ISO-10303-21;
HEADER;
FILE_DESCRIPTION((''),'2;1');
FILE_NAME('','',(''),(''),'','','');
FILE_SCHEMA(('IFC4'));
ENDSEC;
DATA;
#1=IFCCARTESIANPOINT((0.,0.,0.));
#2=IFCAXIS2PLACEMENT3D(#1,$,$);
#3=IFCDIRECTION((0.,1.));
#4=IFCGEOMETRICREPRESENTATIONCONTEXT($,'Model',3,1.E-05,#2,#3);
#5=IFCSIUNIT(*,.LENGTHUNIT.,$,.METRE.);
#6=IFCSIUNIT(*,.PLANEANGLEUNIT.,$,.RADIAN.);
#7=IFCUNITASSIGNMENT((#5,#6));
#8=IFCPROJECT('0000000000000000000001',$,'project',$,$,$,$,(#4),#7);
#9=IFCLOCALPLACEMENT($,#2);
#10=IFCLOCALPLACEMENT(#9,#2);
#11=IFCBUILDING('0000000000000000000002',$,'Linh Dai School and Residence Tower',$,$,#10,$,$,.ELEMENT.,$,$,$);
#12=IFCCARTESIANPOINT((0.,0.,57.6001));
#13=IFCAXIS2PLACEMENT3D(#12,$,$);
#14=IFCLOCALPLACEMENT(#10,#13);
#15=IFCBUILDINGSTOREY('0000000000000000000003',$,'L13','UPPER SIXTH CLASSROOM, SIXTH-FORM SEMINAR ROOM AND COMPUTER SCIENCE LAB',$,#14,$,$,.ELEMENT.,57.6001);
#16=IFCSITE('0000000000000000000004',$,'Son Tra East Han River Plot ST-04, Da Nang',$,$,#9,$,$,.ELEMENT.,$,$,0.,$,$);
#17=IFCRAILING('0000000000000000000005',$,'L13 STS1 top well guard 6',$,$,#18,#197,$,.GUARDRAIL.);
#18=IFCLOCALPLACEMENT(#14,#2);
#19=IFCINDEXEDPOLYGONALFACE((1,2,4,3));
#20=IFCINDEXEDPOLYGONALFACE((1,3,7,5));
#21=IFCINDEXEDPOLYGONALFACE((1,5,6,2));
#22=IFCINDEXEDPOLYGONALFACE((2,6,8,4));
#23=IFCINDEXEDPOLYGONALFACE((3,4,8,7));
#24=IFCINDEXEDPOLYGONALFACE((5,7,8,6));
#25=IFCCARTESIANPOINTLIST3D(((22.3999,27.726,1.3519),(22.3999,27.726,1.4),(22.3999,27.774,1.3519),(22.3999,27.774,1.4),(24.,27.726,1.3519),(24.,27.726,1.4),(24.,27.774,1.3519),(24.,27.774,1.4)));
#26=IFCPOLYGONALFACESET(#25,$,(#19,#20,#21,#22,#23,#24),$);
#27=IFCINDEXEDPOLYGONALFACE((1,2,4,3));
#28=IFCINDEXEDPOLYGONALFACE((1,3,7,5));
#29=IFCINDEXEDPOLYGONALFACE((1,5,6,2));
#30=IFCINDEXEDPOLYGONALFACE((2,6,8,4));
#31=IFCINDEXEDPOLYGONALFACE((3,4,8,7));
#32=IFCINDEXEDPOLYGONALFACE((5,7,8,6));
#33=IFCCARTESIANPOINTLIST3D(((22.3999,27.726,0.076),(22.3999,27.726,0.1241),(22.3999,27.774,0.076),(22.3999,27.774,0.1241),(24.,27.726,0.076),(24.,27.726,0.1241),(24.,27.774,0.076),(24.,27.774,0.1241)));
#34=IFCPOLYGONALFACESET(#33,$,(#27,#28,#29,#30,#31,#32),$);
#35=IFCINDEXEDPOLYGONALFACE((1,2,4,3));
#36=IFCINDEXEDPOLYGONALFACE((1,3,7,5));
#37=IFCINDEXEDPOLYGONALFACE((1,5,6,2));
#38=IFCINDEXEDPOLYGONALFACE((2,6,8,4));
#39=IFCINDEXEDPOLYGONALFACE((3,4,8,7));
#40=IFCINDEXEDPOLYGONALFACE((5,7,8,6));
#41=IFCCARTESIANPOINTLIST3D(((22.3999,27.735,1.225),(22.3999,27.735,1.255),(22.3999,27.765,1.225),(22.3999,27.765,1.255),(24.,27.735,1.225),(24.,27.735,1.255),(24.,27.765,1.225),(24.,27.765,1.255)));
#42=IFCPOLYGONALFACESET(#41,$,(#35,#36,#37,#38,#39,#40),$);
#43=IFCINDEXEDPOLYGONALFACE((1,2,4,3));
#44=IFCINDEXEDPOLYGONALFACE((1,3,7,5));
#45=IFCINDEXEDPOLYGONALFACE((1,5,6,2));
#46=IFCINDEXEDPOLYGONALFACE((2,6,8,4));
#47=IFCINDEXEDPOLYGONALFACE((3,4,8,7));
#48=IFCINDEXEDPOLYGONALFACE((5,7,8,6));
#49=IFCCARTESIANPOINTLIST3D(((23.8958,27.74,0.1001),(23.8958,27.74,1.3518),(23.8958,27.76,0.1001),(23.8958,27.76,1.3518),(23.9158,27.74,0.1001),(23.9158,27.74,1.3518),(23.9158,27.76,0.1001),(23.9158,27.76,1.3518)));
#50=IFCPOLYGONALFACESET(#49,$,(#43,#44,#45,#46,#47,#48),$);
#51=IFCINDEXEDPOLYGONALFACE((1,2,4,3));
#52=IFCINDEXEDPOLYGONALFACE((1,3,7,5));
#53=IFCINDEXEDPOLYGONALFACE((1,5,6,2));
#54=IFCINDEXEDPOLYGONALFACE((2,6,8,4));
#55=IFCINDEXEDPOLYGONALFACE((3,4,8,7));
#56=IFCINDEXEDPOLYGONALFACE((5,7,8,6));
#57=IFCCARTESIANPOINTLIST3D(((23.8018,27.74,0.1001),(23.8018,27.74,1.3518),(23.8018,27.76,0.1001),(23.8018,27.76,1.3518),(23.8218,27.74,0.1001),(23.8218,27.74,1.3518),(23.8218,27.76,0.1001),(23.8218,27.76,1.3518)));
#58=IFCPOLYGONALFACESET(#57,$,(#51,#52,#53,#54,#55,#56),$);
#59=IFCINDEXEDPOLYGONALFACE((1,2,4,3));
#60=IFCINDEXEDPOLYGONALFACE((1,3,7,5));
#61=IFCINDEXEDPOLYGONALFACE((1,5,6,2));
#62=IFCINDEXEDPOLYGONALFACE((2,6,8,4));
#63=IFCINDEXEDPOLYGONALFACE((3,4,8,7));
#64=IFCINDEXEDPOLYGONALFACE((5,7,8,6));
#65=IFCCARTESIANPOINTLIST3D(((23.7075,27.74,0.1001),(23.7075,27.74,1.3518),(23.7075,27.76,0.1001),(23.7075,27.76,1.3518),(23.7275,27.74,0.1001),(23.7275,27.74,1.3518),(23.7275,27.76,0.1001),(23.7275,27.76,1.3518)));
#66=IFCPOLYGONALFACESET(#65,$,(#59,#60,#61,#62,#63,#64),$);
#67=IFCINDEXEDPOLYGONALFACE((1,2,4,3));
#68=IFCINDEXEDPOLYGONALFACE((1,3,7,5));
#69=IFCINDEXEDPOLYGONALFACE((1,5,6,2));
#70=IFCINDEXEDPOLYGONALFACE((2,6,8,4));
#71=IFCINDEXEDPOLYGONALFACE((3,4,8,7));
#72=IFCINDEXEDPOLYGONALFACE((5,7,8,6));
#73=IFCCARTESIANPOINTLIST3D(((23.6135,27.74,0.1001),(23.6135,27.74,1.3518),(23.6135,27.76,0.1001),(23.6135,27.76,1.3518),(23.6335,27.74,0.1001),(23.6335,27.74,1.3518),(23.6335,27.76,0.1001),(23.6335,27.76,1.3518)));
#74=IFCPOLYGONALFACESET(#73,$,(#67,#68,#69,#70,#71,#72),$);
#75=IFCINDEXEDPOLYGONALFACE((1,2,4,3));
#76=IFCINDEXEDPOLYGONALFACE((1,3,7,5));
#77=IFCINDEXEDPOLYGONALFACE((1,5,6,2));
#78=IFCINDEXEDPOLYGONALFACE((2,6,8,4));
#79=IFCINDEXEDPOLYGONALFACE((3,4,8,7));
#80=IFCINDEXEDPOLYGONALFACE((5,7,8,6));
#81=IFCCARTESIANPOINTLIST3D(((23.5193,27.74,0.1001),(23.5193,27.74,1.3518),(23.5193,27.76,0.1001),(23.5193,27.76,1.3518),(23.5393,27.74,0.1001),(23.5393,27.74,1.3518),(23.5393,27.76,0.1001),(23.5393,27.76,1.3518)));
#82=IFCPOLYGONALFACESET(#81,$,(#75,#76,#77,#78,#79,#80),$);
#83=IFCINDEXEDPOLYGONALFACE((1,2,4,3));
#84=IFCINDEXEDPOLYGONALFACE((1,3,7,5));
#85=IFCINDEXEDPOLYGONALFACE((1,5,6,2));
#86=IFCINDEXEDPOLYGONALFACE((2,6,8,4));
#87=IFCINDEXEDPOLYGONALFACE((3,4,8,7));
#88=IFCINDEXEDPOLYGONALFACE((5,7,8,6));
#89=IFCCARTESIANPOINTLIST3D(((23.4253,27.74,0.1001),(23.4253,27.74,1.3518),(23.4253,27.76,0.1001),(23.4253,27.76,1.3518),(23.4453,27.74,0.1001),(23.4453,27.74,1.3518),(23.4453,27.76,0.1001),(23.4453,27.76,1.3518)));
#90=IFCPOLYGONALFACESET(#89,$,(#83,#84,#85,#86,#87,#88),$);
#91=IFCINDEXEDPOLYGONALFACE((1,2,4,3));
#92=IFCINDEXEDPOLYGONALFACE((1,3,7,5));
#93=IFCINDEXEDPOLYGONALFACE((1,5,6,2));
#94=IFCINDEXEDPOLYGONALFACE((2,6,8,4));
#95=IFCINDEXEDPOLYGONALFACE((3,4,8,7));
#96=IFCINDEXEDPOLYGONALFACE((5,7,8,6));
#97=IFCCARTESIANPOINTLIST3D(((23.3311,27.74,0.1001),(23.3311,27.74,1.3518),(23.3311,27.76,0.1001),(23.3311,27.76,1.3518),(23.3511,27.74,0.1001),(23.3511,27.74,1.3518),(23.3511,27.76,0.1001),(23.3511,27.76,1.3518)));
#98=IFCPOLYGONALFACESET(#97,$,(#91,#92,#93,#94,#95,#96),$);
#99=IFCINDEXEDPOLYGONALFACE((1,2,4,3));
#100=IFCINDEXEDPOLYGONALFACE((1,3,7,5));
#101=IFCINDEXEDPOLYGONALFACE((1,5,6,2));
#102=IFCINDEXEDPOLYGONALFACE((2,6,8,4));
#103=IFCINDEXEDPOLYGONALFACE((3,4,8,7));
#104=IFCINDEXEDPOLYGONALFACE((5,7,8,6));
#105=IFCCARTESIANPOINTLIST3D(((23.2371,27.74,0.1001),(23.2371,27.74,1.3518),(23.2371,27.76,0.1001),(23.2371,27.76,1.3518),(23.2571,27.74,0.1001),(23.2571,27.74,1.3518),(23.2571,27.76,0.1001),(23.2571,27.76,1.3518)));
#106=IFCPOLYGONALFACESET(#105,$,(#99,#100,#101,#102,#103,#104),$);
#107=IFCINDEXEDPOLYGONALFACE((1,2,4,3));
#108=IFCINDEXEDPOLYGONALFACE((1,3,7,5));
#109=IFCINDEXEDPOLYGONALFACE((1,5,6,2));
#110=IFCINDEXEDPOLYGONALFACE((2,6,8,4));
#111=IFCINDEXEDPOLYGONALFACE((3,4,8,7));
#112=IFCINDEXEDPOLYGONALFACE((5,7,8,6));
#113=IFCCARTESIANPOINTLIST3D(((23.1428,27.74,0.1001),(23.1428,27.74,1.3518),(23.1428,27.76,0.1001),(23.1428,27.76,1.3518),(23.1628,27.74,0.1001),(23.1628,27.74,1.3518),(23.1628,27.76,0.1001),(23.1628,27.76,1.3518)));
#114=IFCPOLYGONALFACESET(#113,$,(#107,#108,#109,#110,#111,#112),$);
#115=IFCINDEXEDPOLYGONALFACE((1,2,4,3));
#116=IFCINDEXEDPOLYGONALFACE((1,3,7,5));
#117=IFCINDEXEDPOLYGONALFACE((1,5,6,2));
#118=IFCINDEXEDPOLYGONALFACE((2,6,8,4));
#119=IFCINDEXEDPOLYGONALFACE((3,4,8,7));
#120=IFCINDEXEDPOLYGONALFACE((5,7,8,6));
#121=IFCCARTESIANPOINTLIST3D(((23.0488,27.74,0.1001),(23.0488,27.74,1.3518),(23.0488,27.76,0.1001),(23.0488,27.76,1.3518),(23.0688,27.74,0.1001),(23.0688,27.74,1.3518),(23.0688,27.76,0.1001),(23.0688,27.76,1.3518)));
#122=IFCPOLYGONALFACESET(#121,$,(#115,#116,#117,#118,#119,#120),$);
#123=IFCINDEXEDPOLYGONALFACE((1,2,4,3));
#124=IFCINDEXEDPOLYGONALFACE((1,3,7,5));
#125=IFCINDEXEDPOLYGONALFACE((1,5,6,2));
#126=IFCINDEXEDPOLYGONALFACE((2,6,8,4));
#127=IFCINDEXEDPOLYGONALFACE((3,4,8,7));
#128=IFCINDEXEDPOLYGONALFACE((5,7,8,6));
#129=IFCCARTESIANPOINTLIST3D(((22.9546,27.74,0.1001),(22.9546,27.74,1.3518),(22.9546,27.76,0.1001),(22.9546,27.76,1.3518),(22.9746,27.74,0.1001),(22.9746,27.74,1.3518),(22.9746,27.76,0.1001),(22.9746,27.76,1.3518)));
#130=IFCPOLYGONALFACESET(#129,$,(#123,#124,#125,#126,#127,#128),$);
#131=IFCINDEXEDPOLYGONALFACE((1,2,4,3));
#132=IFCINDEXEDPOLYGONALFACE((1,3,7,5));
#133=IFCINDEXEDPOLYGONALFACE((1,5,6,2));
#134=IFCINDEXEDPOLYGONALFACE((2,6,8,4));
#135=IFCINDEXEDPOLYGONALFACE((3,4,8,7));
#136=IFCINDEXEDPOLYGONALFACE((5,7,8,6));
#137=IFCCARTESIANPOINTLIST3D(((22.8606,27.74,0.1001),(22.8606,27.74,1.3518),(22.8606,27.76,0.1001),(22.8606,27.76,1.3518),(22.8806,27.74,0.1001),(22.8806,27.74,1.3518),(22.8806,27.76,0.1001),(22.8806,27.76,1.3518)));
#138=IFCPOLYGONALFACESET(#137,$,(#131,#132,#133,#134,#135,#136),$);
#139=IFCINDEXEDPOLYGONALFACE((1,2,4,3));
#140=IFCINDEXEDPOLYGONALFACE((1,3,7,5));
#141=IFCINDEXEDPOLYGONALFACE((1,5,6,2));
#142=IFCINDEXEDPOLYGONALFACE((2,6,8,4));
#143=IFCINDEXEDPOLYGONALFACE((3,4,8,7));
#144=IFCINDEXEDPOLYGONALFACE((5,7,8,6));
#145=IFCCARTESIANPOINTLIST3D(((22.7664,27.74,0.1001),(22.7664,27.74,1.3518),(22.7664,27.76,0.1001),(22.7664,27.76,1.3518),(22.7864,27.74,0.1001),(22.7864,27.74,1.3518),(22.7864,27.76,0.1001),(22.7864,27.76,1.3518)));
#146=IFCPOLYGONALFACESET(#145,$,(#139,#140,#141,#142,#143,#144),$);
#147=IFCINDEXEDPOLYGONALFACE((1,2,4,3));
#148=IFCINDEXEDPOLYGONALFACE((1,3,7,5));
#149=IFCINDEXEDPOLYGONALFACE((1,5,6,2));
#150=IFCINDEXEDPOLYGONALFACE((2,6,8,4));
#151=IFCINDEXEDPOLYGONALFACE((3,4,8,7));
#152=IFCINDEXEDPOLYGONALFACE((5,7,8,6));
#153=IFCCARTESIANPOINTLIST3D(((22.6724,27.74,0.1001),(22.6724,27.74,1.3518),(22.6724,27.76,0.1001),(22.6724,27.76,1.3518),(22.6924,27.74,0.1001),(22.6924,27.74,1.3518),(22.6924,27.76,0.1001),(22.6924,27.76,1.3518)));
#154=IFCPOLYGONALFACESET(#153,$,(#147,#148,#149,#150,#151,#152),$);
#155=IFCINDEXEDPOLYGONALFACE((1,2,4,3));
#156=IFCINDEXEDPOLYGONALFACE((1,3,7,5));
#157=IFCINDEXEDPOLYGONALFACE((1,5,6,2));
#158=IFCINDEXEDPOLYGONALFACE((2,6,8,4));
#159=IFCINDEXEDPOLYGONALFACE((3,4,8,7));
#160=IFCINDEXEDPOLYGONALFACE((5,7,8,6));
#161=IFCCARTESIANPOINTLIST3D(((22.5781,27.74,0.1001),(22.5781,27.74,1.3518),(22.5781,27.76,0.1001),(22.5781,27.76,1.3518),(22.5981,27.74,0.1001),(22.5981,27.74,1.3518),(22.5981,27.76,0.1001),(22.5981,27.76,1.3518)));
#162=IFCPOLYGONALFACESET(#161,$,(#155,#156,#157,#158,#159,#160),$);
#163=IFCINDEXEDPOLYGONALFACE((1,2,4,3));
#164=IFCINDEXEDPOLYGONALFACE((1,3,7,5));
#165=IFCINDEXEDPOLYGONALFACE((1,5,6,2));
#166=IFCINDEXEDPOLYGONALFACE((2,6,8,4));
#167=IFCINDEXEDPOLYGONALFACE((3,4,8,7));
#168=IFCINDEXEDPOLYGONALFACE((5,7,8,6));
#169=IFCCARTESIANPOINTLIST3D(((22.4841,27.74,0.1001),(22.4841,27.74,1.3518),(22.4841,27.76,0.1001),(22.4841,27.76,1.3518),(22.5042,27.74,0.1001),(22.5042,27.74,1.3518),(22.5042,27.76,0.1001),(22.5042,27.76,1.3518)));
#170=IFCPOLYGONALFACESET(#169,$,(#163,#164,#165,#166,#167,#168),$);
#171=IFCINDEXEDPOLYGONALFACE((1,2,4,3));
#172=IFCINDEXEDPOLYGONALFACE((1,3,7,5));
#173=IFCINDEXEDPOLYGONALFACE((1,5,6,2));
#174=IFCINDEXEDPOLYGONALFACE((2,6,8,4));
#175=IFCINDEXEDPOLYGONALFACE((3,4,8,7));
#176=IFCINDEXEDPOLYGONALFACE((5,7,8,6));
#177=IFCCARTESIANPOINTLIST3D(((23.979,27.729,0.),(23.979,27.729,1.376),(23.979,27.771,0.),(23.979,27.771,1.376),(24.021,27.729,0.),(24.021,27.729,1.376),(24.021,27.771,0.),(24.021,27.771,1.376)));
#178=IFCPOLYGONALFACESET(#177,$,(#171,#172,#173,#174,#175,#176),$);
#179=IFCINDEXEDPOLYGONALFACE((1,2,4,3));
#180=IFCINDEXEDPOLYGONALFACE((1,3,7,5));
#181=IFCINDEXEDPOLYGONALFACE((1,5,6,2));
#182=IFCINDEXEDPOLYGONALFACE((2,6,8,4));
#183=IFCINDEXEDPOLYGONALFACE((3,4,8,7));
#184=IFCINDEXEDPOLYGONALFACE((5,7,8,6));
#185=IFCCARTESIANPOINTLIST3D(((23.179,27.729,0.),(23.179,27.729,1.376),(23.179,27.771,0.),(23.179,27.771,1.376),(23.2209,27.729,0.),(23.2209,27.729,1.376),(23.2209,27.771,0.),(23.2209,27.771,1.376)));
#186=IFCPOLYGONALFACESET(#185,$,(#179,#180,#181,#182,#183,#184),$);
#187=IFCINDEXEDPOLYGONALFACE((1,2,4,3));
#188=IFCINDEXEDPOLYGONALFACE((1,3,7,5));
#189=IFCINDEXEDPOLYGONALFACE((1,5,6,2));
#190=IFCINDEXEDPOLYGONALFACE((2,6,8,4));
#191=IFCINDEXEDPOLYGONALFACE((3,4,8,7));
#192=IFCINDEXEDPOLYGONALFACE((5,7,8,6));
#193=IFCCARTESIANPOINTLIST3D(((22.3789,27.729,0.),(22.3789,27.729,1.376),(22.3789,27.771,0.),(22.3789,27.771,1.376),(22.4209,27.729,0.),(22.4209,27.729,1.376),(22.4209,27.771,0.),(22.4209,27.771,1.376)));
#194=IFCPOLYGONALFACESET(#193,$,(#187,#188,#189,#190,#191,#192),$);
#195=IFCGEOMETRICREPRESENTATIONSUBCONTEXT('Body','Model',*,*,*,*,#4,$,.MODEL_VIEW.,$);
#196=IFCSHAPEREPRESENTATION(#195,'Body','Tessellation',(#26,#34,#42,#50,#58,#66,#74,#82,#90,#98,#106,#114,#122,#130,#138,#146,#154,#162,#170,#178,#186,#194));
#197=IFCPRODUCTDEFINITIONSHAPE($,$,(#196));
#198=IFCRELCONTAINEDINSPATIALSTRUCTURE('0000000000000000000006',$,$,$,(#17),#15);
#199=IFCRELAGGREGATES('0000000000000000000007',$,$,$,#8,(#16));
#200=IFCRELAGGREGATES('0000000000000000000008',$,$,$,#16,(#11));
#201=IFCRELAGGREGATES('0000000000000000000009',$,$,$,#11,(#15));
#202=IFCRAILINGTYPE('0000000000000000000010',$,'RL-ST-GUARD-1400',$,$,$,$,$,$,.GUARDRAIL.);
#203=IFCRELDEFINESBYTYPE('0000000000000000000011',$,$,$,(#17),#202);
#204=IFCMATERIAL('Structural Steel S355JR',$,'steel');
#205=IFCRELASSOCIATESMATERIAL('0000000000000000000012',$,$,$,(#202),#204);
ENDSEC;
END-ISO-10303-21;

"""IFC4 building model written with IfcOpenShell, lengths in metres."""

from ifc_helpers import new_model, si_unit, direction, frame, origin, origin_2d, place, context, subcontext, project, spatial, rectangle, extrude, source, transform, mapped, material, type_object, element, save


model = new_model("IFC4")

# Units and contexts
model_context = context("Model", 3, precision=1e-05, world=origin(), true_north=direction((0.0, 1.0)))
body_context = subcontext(model_context, "Body", "Model", "MODEL_VIEW")
ifc_project = project(units=[si_unit("LENGTHUNIT", "METRE"), si_unit("PLANEANGLEUNIT", "RADIAN")], contexts=[model_context])

# Site, building, storey
site_placement = place(None, origin())
site = spatial("IfcSite", under=ifc_project, at=site_placement, Name="Son Tra East Han River Plot ST-04, Da Nang", CompositionType="ELEMENT", RefElevation=0.0)
building_placement = place(site_placement, origin())
building = spatial("IfcBuilding", under=site, at=building_placement, Name="Linh Dai School and Residence Tower", CompositionType="ELEMENT")
storey_placement = place(building_placement, frame((0.0, 0.0, 57.6001)))
storey = spatial("IfcBuildingStorey", under=building, at=storey_placement, Name="L13", Description="UPPER SIXTH CLASSROOM, SIXTH-FORM SEMINAR ROOM AND COMPUTER SCIENCE LAB", CompositionType="ELEMENT", Elevation=57.6001)

# Shared definitions
ifc_material_1 = material(Name="Structural Steel S355JR", Category="steel")

# Railing
railing_type = type_object("IfcRailingType", Name="RL-ST-GUARD-1400", PredefinedType="GUARDRAIL", material=ifc_material_1)
shared_shape_1 = source(origin(), body_context, "Body", "SweptSolid", [
    extrude(rectangle(XDim=0.0481, YDim=0.0481, at=origin_2d()), frame((0.0, 0.0, 1.376), z_axis=(-1.0, 0.0, 0.0), x_axis=(0.0, -1.0, 0.0)), (0.0, 0.0, 1.0), 1.6001),
    extrude(rectangle(XDim=0.0481, YDim=0.0481, at=origin_2d()), frame((0.0, 0.0, 0.1001), z_axis=(-1.0, 0.0, 0.0), x_axis=(0.0, -1.0, 0.0)), (0.0, 0.0, 1.0), 1.6001),
    extrude(rectangle(XDim=0.03, YDim=0.03, at=origin_2d()), frame((0.0, 0.0, 1.24), z_axis=(-1.0, 0.0, 0.0), x_axis=(0.0, -1.0, 0.0)), (0.0, 0.0, 1.0), 1.6001),
    extrude(rectangle(XDim=0.02, YDim=0.02, at=origin_2d()), frame((-0.0942, 0.0, 0.1001)), (0.0, 0.0, 1.0), 1.2517),
    extrude(rectangle(XDim=0.02, YDim=0.02, at=origin_2d()), frame((-0.1882, 0.0, 0.1001)), (0.0, 0.0, 1.0), 1.2517),
    extrude(rectangle(XDim=0.02, YDim=0.02, at=origin_2d()), frame((-0.2825, 0.0, 0.1001)), (0.0, 0.0, 1.0), 1.2517),
    extrude(rectangle(XDim=0.02, YDim=0.02, at=origin_2d()), frame((-0.3765, 0.0, 0.1001)), (0.0, 0.0, 1.0), 1.2517),
    extrude(rectangle(XDim=0.02, YDim=0.02, at=origin_2d()), frame((-0.4707, 0.0, 0.1001)), (0.0, 0.0, 1.0), 1.2517),
    extrude(rectangle(XDim=0.02, YDim=0.02, at=origin_2d()), frame((-0.5647, 0.0, 0.1001)), (0.0, 0.0, 1.0), 1.2517),
    extrude(rectangle(XDim=0.02, YDim=0.02, at=origin_2d()), frame((-0.6589, 0.0, 0.1001)), (0.0, 0.0, 1.0), 1.2517),
    extrude(rectangle(XDim=0.02, YDim=0.02, at=origin_2d()), frame((-0.7529, 0.0, 0.1001)), (0.0, 0.0, 1.0), 1.2517),
    extrude(rectangle(XDim=0.02, YDim=0.02, at=origin_2d()), frame((-0.8472, 0.0, 0.1001)), (0.0, 0.0, 1.0), 1.2517),
    extrude(rectangle(XDim=0.02, YDim=0.02, at=origin_2d()), frame((-0.9412, 0.0, 0.1001)), (0.0, 0.0, 1.0), 1.2517),
    extrude(rectangle(XDim=0.02, YDim=0.02, at=origin_2d()), frame((-1.0354, 0.0, 0.1001)), (0.0, 0.0, 1.0), 1.2517),
    extrude(rectangle(XDim=0.02, YDim=0.02, at=origin_2d()), frame((-1.1294, 0.0, 0.1001)), (0.0, 0.0, 1.0), 1.2517),
    extrude(rectangle(XDim=0.02, YDim=0.02, at=origin_2d()), frame((-1.2236, 0.0, 0.1001)), (0.0, 0.0, 1.0), 1.2517),
    extrude(rectangle(XDim=0.02, YDim=0.02, at=origin_2d()), frame((-1.3176, 0.0, 0.1001)), (0.0, 0.0, 1.0), 1.2517),
    extrude(rectangle(XDim=0.02, YDim=0.02, at=origin_2d()), frame((-1.4119, 0.0, 0.1001)), (0.0, 0.0, 1.0), 1.2517),
    extrude(rectangle(XDim=0.02, YDim=0.02, at=origin_2d()), frame((-1.5059, 0.0, 0.1001)), (0.0, 0.0, 1.0), 1.2517),
    extrude(rectangle(XDim=0.042, YDim=0.042, at=origin_2d()), origin(), (0.0, 0.0, 1.0), 1.376),
    extrude(rectangle(XDim=0.042, YDim=0.042, at=origin_2d()), frame((-0.8, 0.0, 0.0)), (0.0, 0.0, 1.0), 1.376),
    extrude(rectangle(XDim=0.042, YDim=0.042, at=origin_2d()), frame((-1.6001, 0.0, 0.0)), (0.0, 0.0, 1.0), 1.376),
])
for number, where, name in (
    (1, (24.0, 27.75, 0.0), "L13 STS1 top well guard 6"),
):
    element("IfcRailing", number, at=place(storey_placement, frame(where)), inside=storey, type_object=railing_type, Name=name, PredefinedType="GUARDRAIL", context=body_context, shape_type="MappedRepresentation", body=[
        mapped(shared_shape_1, transform((0.0, 0.0, 0.0), x_axis=(1.0, 0.0, 0.0), y_axis=(0.0, 1.0, 0.0), z_axis=(0.0, 0.0, 1.0), scale=1.0)),
    ])

save(model, "model.ifc")
